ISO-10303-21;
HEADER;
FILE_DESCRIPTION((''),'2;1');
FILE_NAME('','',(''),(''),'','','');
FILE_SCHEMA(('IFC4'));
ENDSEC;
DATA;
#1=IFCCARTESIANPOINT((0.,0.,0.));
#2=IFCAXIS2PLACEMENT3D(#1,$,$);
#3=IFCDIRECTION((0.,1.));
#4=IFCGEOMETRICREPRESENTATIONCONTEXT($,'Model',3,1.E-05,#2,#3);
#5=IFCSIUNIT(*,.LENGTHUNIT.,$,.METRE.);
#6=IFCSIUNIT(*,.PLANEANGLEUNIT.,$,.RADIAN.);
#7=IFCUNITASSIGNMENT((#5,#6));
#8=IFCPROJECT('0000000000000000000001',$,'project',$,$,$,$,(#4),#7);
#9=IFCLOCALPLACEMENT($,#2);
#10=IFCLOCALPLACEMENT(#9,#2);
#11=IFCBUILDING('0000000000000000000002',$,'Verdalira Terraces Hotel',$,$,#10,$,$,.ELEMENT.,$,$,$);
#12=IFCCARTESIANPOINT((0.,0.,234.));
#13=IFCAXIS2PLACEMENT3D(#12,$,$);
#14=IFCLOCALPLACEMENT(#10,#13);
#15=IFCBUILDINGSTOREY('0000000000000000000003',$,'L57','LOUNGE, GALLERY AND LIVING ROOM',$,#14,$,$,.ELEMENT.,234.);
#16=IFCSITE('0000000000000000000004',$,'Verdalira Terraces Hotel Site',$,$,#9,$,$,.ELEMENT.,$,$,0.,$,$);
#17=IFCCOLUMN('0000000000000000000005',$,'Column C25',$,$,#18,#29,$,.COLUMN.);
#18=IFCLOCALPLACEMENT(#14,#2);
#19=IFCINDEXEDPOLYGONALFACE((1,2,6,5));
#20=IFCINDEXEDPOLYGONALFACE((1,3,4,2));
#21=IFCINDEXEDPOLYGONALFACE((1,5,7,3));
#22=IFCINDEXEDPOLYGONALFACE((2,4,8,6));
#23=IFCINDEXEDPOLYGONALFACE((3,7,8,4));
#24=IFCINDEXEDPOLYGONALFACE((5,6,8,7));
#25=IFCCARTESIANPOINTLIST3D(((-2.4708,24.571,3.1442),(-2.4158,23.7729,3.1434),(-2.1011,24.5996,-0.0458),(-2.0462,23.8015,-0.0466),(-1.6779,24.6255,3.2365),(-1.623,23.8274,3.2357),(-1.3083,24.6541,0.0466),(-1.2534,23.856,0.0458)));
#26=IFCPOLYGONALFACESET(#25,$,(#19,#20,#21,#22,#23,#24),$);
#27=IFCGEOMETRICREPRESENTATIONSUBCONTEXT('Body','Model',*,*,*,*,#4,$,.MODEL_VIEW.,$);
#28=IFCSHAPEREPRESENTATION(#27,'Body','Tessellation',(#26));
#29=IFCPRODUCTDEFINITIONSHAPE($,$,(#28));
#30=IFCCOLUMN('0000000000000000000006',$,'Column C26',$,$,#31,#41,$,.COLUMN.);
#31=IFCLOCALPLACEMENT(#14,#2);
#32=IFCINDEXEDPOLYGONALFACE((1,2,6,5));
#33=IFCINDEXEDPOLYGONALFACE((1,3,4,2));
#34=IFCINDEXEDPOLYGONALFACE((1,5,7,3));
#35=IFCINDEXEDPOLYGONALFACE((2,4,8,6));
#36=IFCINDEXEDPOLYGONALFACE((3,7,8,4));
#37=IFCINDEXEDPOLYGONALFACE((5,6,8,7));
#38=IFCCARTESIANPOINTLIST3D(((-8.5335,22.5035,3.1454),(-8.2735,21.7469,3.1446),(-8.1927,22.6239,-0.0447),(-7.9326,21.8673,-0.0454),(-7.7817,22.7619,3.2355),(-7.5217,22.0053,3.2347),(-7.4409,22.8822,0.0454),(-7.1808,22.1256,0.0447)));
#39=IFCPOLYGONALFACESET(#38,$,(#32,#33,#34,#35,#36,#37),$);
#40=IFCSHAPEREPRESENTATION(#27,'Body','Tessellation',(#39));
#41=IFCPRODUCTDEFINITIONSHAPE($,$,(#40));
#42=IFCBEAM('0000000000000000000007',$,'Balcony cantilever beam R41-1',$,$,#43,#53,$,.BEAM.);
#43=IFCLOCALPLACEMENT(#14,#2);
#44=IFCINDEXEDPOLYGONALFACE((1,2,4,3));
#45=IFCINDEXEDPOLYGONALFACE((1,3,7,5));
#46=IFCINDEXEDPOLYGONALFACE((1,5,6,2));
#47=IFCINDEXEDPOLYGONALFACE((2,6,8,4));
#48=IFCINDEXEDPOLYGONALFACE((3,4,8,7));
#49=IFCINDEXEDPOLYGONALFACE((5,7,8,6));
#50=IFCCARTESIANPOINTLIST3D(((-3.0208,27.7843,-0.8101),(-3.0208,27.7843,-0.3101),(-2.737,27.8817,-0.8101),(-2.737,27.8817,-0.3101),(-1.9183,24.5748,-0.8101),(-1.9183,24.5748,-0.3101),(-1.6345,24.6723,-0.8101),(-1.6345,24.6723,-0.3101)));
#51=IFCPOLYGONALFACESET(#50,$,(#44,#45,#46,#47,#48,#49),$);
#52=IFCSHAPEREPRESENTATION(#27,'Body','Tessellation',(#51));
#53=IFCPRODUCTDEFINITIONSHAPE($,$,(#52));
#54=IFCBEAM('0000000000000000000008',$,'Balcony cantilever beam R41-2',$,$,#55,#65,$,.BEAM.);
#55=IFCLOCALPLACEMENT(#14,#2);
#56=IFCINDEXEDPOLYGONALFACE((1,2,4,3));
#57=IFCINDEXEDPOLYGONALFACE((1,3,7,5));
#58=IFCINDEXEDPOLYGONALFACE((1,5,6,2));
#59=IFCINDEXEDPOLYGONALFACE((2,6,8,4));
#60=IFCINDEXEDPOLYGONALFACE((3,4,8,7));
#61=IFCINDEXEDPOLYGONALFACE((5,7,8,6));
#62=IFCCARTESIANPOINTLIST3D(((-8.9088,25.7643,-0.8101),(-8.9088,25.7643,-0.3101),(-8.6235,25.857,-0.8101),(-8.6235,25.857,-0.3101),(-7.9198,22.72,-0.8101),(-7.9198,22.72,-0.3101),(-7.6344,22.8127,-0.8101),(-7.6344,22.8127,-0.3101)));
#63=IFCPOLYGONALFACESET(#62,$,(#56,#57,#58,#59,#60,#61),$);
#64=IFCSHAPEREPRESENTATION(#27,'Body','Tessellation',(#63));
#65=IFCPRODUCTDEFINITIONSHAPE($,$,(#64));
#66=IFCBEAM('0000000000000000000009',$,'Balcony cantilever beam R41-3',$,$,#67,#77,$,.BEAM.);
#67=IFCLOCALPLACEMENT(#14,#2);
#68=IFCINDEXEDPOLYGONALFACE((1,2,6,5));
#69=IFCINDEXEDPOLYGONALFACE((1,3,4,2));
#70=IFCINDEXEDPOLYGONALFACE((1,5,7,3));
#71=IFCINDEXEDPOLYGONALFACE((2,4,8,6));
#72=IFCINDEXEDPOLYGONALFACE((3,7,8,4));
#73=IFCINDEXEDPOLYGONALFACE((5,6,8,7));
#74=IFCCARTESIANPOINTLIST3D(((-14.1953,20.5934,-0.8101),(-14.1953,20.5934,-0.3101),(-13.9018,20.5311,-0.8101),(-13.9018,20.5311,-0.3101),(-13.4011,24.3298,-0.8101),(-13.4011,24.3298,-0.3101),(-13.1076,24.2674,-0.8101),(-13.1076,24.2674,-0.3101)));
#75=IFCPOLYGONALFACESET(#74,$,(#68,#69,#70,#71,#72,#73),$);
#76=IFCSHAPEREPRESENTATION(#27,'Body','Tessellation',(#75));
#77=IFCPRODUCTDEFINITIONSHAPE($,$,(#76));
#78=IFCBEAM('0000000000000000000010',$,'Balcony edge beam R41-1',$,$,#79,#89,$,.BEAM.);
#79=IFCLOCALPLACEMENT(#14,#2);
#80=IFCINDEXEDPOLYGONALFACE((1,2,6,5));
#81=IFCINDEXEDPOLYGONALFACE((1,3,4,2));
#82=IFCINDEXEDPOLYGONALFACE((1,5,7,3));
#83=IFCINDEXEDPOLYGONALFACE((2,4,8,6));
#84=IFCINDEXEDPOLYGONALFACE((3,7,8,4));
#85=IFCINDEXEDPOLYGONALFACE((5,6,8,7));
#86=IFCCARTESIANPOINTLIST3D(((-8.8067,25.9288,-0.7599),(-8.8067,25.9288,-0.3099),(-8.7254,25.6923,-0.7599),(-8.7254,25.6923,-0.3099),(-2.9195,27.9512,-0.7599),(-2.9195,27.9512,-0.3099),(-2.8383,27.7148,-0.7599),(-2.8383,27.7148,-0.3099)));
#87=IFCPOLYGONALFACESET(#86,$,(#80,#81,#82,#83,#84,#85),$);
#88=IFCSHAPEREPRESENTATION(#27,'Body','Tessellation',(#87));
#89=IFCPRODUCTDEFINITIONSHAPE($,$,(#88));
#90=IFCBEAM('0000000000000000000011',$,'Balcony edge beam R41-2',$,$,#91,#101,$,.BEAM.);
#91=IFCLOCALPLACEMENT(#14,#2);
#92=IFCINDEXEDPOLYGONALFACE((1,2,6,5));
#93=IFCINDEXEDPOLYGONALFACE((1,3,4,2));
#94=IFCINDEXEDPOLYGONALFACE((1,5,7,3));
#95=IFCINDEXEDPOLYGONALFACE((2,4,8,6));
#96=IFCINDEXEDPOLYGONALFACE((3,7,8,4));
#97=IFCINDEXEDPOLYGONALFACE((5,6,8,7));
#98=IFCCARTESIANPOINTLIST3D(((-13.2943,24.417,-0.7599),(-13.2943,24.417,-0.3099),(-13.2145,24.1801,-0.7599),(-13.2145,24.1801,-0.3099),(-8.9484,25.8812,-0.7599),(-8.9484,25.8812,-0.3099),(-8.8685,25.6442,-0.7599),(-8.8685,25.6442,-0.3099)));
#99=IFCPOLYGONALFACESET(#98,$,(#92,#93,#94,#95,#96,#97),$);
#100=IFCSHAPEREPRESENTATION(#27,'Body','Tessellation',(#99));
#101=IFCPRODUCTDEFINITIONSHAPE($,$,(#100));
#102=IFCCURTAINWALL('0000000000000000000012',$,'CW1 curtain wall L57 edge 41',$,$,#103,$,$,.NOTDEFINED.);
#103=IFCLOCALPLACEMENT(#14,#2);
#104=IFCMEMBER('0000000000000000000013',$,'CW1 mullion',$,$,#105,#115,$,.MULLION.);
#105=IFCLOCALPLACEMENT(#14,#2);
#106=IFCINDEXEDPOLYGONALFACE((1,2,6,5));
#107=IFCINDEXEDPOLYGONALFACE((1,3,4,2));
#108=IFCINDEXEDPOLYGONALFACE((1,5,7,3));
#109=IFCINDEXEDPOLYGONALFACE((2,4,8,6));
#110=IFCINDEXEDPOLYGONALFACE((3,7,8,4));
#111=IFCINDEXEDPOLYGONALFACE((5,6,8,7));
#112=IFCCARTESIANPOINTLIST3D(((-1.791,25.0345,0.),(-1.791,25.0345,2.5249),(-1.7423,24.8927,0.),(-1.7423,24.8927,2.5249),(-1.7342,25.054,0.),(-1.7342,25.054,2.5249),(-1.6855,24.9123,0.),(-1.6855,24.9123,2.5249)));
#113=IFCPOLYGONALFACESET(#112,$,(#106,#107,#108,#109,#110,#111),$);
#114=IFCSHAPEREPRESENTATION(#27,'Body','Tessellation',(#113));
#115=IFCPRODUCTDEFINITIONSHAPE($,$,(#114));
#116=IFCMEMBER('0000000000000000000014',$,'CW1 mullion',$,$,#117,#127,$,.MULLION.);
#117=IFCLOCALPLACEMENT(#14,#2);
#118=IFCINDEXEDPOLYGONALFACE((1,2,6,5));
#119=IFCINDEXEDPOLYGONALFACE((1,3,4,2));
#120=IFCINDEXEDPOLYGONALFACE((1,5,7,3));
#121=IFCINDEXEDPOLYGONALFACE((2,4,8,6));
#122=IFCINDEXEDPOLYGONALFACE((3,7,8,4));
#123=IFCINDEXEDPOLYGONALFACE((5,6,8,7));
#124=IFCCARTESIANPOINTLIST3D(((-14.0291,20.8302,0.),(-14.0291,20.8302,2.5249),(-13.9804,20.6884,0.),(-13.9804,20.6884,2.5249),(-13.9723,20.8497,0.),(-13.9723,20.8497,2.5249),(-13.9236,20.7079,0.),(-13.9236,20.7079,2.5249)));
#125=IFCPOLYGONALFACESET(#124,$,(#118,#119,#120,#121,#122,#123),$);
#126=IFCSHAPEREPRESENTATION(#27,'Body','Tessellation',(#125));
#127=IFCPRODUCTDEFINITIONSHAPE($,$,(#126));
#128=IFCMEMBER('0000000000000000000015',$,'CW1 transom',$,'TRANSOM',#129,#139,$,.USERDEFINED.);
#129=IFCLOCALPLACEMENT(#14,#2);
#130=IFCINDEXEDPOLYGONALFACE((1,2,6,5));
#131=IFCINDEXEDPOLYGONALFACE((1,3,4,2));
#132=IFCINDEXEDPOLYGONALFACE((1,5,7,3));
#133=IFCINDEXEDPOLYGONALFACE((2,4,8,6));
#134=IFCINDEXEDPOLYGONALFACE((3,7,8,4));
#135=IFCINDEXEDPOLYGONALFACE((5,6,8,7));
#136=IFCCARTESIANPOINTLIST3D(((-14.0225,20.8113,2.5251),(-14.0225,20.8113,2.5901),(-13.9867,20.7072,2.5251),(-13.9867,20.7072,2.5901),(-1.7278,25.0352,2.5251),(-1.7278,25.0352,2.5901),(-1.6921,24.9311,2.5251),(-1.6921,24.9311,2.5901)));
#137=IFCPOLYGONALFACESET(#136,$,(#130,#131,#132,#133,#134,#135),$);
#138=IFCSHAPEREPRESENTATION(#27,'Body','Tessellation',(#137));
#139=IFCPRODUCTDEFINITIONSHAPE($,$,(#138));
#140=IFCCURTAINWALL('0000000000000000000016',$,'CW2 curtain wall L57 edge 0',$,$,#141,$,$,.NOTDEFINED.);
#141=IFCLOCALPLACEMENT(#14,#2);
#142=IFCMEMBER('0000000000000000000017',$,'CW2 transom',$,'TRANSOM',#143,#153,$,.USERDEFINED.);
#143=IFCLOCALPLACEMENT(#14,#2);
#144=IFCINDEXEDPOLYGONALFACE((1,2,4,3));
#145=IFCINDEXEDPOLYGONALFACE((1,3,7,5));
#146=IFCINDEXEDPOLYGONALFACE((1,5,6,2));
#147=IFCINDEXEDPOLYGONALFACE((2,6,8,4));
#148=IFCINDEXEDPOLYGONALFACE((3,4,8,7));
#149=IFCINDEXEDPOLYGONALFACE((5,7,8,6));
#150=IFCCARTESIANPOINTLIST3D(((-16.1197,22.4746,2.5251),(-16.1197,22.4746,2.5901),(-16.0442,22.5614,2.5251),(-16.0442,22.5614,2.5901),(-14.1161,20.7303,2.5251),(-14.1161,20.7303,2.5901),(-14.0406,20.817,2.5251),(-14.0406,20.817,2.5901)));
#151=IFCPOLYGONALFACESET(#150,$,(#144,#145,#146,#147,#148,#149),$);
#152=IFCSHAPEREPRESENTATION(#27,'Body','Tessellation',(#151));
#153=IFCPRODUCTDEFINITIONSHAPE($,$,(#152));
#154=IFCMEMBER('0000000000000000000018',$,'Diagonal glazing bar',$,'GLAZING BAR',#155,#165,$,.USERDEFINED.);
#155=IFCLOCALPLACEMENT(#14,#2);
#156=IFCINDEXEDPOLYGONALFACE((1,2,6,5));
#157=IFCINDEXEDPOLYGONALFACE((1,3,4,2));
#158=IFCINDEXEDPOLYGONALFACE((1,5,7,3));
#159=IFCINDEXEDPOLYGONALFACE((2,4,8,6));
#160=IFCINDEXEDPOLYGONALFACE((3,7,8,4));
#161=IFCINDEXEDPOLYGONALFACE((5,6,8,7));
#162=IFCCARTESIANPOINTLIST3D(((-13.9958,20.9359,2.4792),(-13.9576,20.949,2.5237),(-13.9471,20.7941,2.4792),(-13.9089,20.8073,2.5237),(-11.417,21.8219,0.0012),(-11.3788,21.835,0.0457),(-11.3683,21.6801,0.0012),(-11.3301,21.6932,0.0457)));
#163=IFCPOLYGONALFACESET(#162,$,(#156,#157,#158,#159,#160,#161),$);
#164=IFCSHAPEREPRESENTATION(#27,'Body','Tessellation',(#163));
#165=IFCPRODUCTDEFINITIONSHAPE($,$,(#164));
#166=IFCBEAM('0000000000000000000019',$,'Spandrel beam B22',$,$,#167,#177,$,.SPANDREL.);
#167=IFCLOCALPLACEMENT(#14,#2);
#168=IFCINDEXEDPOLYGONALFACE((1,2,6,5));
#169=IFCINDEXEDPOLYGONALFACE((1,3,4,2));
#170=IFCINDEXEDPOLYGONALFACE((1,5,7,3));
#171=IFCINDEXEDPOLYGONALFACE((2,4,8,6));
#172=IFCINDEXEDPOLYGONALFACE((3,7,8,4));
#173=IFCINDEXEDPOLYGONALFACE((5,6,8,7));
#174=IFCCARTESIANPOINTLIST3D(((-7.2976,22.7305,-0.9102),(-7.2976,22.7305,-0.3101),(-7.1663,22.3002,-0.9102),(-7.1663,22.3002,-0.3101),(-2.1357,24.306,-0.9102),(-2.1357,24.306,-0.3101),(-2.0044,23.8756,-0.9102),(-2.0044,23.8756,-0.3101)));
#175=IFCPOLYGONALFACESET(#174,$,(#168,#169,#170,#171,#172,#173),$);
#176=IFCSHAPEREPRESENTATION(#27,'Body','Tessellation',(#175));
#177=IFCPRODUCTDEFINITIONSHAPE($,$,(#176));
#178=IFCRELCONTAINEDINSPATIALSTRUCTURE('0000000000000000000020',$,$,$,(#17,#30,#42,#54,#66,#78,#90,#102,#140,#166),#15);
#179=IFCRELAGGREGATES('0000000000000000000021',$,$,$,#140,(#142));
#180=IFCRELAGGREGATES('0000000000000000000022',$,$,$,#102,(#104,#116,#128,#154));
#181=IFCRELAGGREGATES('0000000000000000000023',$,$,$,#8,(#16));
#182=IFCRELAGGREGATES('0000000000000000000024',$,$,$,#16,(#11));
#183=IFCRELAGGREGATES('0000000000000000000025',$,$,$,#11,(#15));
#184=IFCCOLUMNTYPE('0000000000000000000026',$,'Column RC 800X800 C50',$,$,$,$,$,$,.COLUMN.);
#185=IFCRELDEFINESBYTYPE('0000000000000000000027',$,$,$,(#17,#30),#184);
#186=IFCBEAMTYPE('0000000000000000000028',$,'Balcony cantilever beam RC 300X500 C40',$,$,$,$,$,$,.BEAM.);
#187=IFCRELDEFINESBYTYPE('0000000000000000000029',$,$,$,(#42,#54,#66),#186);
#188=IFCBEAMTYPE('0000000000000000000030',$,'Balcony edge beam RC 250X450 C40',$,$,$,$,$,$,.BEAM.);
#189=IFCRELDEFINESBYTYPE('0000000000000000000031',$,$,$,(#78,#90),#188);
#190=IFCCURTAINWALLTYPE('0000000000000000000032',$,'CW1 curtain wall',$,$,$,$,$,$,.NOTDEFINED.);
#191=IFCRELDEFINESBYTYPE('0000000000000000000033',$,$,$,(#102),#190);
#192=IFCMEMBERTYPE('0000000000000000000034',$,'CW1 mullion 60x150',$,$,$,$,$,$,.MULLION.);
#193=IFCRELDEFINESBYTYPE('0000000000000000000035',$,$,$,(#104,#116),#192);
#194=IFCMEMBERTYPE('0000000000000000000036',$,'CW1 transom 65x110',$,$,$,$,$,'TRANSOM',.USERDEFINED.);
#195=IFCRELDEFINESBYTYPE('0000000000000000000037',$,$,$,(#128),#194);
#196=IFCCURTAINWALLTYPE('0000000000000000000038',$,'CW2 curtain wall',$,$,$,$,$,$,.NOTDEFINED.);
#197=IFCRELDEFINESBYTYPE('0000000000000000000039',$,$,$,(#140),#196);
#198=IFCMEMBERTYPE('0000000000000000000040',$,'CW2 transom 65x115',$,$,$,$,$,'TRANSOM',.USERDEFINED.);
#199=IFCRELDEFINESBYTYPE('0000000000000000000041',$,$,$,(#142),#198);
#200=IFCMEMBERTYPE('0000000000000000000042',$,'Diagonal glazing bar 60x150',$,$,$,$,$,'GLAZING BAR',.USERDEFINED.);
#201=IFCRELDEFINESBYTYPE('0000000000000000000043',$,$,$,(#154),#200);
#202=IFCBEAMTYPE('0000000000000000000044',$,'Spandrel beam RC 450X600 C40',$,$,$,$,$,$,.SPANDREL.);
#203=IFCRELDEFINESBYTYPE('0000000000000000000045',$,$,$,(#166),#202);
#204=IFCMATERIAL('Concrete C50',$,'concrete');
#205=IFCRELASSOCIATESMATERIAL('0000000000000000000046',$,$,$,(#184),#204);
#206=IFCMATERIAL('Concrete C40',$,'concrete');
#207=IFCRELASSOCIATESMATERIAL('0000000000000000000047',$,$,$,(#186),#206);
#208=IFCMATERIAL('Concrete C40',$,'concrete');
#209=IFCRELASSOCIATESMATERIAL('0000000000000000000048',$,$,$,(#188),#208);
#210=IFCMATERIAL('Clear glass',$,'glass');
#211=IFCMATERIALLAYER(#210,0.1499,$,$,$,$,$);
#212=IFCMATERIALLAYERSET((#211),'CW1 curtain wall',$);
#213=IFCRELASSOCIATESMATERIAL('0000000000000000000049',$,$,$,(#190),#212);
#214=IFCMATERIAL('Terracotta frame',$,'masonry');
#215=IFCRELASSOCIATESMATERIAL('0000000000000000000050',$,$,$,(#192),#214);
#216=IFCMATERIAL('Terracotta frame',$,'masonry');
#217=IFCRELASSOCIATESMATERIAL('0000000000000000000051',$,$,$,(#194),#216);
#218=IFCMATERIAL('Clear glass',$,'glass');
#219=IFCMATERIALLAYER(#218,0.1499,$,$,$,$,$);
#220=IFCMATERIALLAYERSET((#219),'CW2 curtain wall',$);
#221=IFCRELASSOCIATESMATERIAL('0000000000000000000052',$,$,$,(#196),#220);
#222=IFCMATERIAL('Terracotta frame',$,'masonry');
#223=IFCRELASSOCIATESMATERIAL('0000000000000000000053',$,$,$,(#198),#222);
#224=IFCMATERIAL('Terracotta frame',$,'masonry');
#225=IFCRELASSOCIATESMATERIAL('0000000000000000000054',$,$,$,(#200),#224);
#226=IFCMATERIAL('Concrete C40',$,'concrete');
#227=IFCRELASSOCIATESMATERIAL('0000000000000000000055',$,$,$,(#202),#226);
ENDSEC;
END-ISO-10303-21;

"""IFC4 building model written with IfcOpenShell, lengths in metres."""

from ifc_helpers import new_model, si_unit, direction, frame, origin, origin_2d, place, context, subcontext, project, spatial, rectangle, extrude, material, layer, layer_set, material_profile, profile_set, type_object, element, aggregate, save


model = new_model("IFC4")

# Units and contexts
model_context = context("Model", 3, precision=1e-05, world=origin(), true_north=direction((0.0, 1.0)))
body_context = subcontext(model_context, "Body", "Model", "MODEL_VIEW")
ifc_project = project(units=[si_unit("LENGTHUNIT", "METRE"), si_unit("PLANEANGLEUNIT", "RADIAN")], contexts=[model_context])

# Site, building, storey
site_placement = place(None, origin())
site = spatial("IfcSite", under=ifc_project, at=site_placement, Name="Verdalira Terraces Hotel Site", CompositionType="ELEMENT", RefElevation=0.0)
building_placement = place(site_placement, origin())
building = spatial("IfcBuilding", under=site, at=building_placement, Name="Verdalira Terraces Hotel", CompositionType="ELEMENT")
storey_placement = place(building_placement, frame((0.0, 0.0, 234.0)))
storey = spatial("IfcBuildingStorey", under=building, at=storey_placement, Name="L57", Description="LOUNGE, GALLERY AND LIVING ROOM", CompositionType="ELEMENT", Elevation=234.0)

# Columns
ifc_material_1 = material(Name="Concrete C50", Category="concrete")
ifc_material_profile_1 = material_profile(ifc_material_1, rectangle(XDim=0.8, YDim=0.8, at=origin_2d()), Name="RC 800X800")
ifc_profile_set_1 = profile_set([ifc_material_profile_1], Name="Concrete C50")
column_type = type_object("IfcColumnType", Name="Column RC 800X800 C50", PredefinedType="COLUMN", material=ifc_profile_set_1)
column_1_placement = place(storey_placement, frame((-1.6772, 24.2278, 0.0), z_axis=(-0.115099, -0.008895, 0.993314), x_axis=(0.990976, 0.068123, 0.115438)))
element("IfcColumn", 1, at=column_1_placement, inside=storey, type_object=column_type, Name="Column C25", PredefinedType="COLUMN", context=body_context, shape_type="SweptSolid", body=[
    extrude(rectangle(XDim=0.8, YDim=0.8, at=origin_2d()), origin(), (0.0, 0.0, 1.0), 3.2114),
])
column_2_placement = place(storey_placement, frame((-7.6868, 22.3748, 0.0), z_axis=(-0.106163, -0.037492, 0.993642), x_axis=(-0.939707, -0.322917, -0.112585)))
element("IfcColumn", 2, at=column_2_placement, inside=storey, type_object=column_type, Name="Column C26", PredefinedType="COLUMN", context=body_context, shape_type="SweptSolid", body=[
    extrude(rectangle(XDim=0.8, YDim=0.8, at=origin_2d()), origin(), (0.0, 0.0, 1.0), 3.2104),
])

# Beams
ifc_material_2 = material(Name="Concrete C40", Category="concrete")
ifc_material_profile_2 = material_profile(ifc_material_2, rectangle(XDim=0.3, YDim=0.5, at=origin_2d()), Name="RC 300X500")
ifc_profile_set_2 = profile_set([ifc_material_profile_2], Name="Concrete C40")
beam_type_1 = type_object("IfcBeamType", Name="Balcony cantilever beam RC 300X500 C40", PredefinedType="BEAM", material=ifc_profile_set_2)
beam_1_placement = place(storey_placement, frame((-1.7764, 24.6235, -0.5601), z_axis=(-0.324891, 0.945752, 0.0), x_axis=(-0.945752, -0.324891, 0.0)))
element("IfcBeam", 3, at=beam_1_placement, inside=storey, type_object=beam_type_1, Name="Balcony cantilever beam R41-1", PredefinedType="BEAM", context=body_context, shape_type="SweptSolid", body=[
    extrude(rectangle(XDim=0.3, YDim=0.5, at=origin_2d()), origin(), (0.0, 0.0, 1.0), 3.3936),
])
beam_2_placement = place(storey_placement, frame((-7.7771, 22.7664, -0.5601), z_axis=(-0.308988, 0.951066, 0.0), x_axis=(-0.951066, -0.308988, 0.0)))
element("IfcBeam", 4, at=beam_2_placement, inside=storey, type_object=beam_type_1, Name="Balcony cantilever beam R41-2", PredefinedType="BEAM", context=body_context, shape_type="SweptSolid", body=[
    extrude(rectangle(XDim=0.3, YDim=0.5, at=origin_2d()), origin(), (0.0, 0.0, 1.0), 3.2009),
])
beam_3_placement = place(storey_placement, frame((-14.0486, 20.5623, -0.5601), z_axis=(0.207914, 0.978147, 0.0), x_axis=(-0.978147, 0.207914, 0.0)))
element("IfcBeam", 5, at=beam_3_placement, inside=storey, type_object=beam_type_1, Name="Balcony cantilever beam R41-3", PredefinedType="BEAM", context=body_context, shape_type="SweptSolid", body=[
    extrude(rectangle(XDim=0.3, YDim=0.5, at=origin_2d()), origin(), (0.0, 0.0, 1.0), 3.8198),
])
ifc_material_3 = material(Name="Concrete C40", Category="concrete")
ifc_material_profile_3 = material_profile(ifc_material_3, rectangle(XDim=0.25, YDim=0.45, at=origin_2d()), Name="RC 250X450")
ifc_profile_set_3 = profile_set([ifc_material_profile_3], Name="Concrete C40")
beam_type_2 = type_object("IfcBeamType", Name="Balcony edge beam RC 250X450 C40", PredefinedType="BEAM", material=ifc_profile_set_3)
beam_4_placement = place(storey_placement, frame((-2.8789, 27.833, -0.5349), z_axis=(-0.945749, -0.324898, 0.0), x_axis=(0.324898, -0.945749, 0.0)))
element("IfcBeam", 6, at=beam_4_placement, inside=storey, type_object=beam_type_2, Name="Balcony edge beam R41-1", PredefinedType="BEAM", context=body_context, shape_type="SweptSolid", body=[
    extrude(rectangle(XDim=0.25, YDim=0.45, at=origin_2d()), origin(), (0.0, 0.0, 1.0), 6.2249),
])
beam_5_placement = place(storey_placement, frame((-8.9084, 25.7627, -0.5349), z_axis=(-0.947667, -0.319261, 0.0), x_axis=(0.319261, -0.947667, 0.0)))
element("IfcBeam", 7, at=beam_5_placement, inside=storey, type_object=beam_type_2, Name="Balcony edge beam R41-2", PredefinedType="BEAM", context=body_context, shape_type="SweptSolid", body=[
    extrude(rectangle(XDim=0.25, YDim=0.45, at=origin_2d()), origin(), (0.0, 0.0, 1.0), 4.5859),
])

# Curtain wall, members
ifc_material_4 = material(Name="Clear glass", Category="glass")
ifc_layer_1 = layer(ifc_material_4, 0.1499)
ifc_layer_set_1 = layer_set([ifc_layer_1], Name="CW1 curtain wall")
curtain_wall_type_1 = type_object("IfcCurtainWallType", Name="CW1 curtain wall", PredefinedType="NOTDEFINED", material=ifc_layer_set_1)
curtain_wall_1_placement = place(storey_placement, origin())
curtain_wall_1 = element("IfcCurtainWall", 8, at=curtain_wall_1_placement, inside=storey, type_object=curtain_wall_type_1, Name="CW1 curtain wall L57 edge 41", PredefinedType="NOTDEFINED")
ifc_material_5 = material(Name="Terracotta frame", Category="masonry")
ifc_material_profile_4 = material_profile(ifc_material_5, rectangle(XDim=0.0601, YDim=0.1499, at=origin_2d()), Name="MU 60x150")
ifc_profile_set_4 = profile_set([ifc_material_profile_4], Name="Terracotta frame")
member_type_1 = type_object("IfcMemberType", Name="CW1 mullion 60x150", PredefinedType="MULLION", material=ifc_profile_set_4)
member_1_placement = place(storey_placement, frame((-1.7383, 24.9734, 0.0), z_axis=(0.0, 0.0, 1.0), x_axis=(-0.945746, -0.324908, 0.0)))
member_1 = element("IfcMember", 9, at=member_1_placement, type_object=member_type_1, Name="CW1 mullion", PredefinedType="MULLION", context=body_context, shape_type="SweptSolid", body=[
    extrude(rectangle(XDim=0.0601, YDim=0.1499, at=origin_2d()), origin(), (0.0, 0.0, 1.0), 2.5249),
])
member_2_placement = place(storey_placement, frame((-13.9763, 20.769, 0.0), z_axis=(0.0, 0.0, 1.0), x_axis=(-0.945746, -0.324908, 0.0)))
member_2 = element("IfcMember", 10, at=member_2_placement, type_object=member_type_1, Name="CW1 mullion", PredefinedType="MULLION", context=body_context, shape_type="SweptSolid", body=[
    extrude(rectangle(XDim=0.0601, YDim=0.1499, at=origin_2d()), origin(), (0.0, 0.0, 1.0), 2.5249),
])
ifc_material_6 = material(Name="Terracotta frame", Category="masonry")
ifc_material_profile_5 = material_profile(ifc_material_6, rectangle(XDim=0.1101, YDim=0.0649, at=origin_2d()), Name="TR 65x110")
ifc_profile_set_5 = profile_set([ifc_material_profile_5], Name="Terracotta frame")
member_type_2 = type_object("IfcMemberType", Name="CW1 transom 65x110", ElementType="TRANSOM", PredefinedType="USERDEFINED", material=ifc_profile_set_5)
member_3_placement = place(storey_placement, frame((-1.71, 24.9832, 2.5576), z_axis=(-0.945744, -0.324913, 0.0), x_axis=(0.324913, -0.945744, 0.0)))
member_3 = element("IfcMember", 11, at=member_3_placement, type_object=member_type_2, Name="CW1 transom", ObjectType="TRANSOM", PredefinedType="USERDEFINED", context=body_context, shape_type="SweptSolid", body=[
    extrude(rectangle(XDim=0.1101, YDim=0.0649, at=origin_2d()), origin(), (0.0, 0.0, 1.0), 13.0),
])

# Curtain wall, member
ifc_material_7 = material(Name="Clear glass", Category="glass")
ifc_layer_2 = layer(ifc_material_7, 0.1499)
ifc_layer_set_2 = layer_set([ifc_layer_2], Name="CW2 curtain wall")
curtain_wall_type_2 = type_object("IfcCurtainWallType", Name="CW2 curtain wall", PredefinedType="NOTDEFINED", material=ifc_layer_set_2)
curtain_wall_2_placement = place(storey_placement, origin())
curtain_wall_2 = element("IfcCurtainWall", 12, at=curtain_wall_2_placement, inside=storey, type_object=curtain_wall_type_2, Name="CW2 curtain wall L57 edge 0", PredefinedType="NOTDEFINED")
ifc_material_8 = material(Name="Terracotta frame", Category="masonry")
ifc_material_profile_6 = material_profile(ifc_material_8, rectangle(XDim=0.115, YDim=0.0649, at=origin_2d()), Name="TR 65x115")
ifc_profile_set_6 = profile_set([ifc_material_profile_6], Name="Terracotta frame")
member_type_3 = type_object("IfcMemberType", Name="CW2 transom 65x115", ElementType="TRANSOM", PredefinedType="USERDEFINED", material=ifc_profile_set_6)
member_4_placement = place(storey_placement, frame((-14.0784, 20.7737, 2.5576), z_axis=(-0.75422, 0.656622, 0.0), x_axis=(-0.656622, -0.75422, 0.0)))
member_4 = element("IfcMember", 13, at=member_4_placement, type_object=member_type_3, Name="CW2 transom", ObjectType="TRANSOM", PredefinedType="USERDEFINED", context=body_context, shape_type="SweptSolid", body=[
    extrude(rectangle(XDim=0.115, YDim=0.0649, at=origin_2d()), origin(), (0.0, 0.0, 1.0), 2.6565),
])
aggregate(curtain_wall_2, [member_4])

# Member
ifc_material_9 = material(Name="Terracotta frame", Category="masonry")
ifc_material_profile_7 = material_profile(ifc_material_9, rectangle(XDim=0.1499, YDim=0.0601, at=origin_2d()), Name="GB 60x150")
ifc_profile_set_7 = profile_set([ifc_material_profile_7], Name="Terracotta frame")
member_type_4 = type_object("IfcMemberType", Name="Diagonal glazing bar 60x150", ElementType="GLAZING BAR", PredefinedType="USERDEFINED", material=ifc_profile_set_7)
member_5_placement = place(storey_placement, frame((-11.3735, 21.7576, 0.0234), z_axis=(-0.699906, -0.240458, 0.672541), x_axis=(0.324917, -0.945742, 0.0)))
member_5 = element("IfcMember", 14, at=member_5_placement, type_object=member_type_4, Name="Diagonal glazing bar", ObjectType="GLAZING BAR", PredefinedType="USERDEFINED", context=body_context, shape_type="SweptSolid", body=[
    extrude(rectangle(XDim=0.1499, YDim=0.0601, at=origin_2d()), origin(), (0.0, 0.0, 1.0), 3.6846),
])

# Beam
ifc_material_10 = material(Name="Concrete C40", Category="concrete")
ifc_material_profile_8 = material_profile(ifc_material_10, rectangle(XDim=0.45, YDim=0.6001, at=origin_2d()), Name="RC 450X600")
ifc_profile_set_8 = profile_set([ifc_material_profile_8], Name="Concrete C40")
beam_type_3 = type_object("IfcBeamType", Name="Spandrel beam RC 450X600 C40", PredefinedType="SPANDREL", material=ifc_profile_set_8)
beam_6_placement = place(storey_placement, frame((-2.0701, 24.0908, -0.6101), z_axis=(-0.956445, -0.291914, 0.0), x_axis=(0.291914, -0.956445, 0.0)))
element("IfcBeam", 15, at=beam_6_placement, inside=storey, type_object=beam_type_3, Name="Spandrel beam B22", PredefinedType="SPANDREL", context=body_context, shape_type="SweptSolid", body=[
    extrude(rectangle(XDim=0.45, YDim=0.6001, at=origin_2d()), origin(), (0.0, 0.0, 1.0), 5.397),
])

aggregate(curtain_wall_1, [member_1, member_2, member_3, member_5])

save(model, "model.ifc")
